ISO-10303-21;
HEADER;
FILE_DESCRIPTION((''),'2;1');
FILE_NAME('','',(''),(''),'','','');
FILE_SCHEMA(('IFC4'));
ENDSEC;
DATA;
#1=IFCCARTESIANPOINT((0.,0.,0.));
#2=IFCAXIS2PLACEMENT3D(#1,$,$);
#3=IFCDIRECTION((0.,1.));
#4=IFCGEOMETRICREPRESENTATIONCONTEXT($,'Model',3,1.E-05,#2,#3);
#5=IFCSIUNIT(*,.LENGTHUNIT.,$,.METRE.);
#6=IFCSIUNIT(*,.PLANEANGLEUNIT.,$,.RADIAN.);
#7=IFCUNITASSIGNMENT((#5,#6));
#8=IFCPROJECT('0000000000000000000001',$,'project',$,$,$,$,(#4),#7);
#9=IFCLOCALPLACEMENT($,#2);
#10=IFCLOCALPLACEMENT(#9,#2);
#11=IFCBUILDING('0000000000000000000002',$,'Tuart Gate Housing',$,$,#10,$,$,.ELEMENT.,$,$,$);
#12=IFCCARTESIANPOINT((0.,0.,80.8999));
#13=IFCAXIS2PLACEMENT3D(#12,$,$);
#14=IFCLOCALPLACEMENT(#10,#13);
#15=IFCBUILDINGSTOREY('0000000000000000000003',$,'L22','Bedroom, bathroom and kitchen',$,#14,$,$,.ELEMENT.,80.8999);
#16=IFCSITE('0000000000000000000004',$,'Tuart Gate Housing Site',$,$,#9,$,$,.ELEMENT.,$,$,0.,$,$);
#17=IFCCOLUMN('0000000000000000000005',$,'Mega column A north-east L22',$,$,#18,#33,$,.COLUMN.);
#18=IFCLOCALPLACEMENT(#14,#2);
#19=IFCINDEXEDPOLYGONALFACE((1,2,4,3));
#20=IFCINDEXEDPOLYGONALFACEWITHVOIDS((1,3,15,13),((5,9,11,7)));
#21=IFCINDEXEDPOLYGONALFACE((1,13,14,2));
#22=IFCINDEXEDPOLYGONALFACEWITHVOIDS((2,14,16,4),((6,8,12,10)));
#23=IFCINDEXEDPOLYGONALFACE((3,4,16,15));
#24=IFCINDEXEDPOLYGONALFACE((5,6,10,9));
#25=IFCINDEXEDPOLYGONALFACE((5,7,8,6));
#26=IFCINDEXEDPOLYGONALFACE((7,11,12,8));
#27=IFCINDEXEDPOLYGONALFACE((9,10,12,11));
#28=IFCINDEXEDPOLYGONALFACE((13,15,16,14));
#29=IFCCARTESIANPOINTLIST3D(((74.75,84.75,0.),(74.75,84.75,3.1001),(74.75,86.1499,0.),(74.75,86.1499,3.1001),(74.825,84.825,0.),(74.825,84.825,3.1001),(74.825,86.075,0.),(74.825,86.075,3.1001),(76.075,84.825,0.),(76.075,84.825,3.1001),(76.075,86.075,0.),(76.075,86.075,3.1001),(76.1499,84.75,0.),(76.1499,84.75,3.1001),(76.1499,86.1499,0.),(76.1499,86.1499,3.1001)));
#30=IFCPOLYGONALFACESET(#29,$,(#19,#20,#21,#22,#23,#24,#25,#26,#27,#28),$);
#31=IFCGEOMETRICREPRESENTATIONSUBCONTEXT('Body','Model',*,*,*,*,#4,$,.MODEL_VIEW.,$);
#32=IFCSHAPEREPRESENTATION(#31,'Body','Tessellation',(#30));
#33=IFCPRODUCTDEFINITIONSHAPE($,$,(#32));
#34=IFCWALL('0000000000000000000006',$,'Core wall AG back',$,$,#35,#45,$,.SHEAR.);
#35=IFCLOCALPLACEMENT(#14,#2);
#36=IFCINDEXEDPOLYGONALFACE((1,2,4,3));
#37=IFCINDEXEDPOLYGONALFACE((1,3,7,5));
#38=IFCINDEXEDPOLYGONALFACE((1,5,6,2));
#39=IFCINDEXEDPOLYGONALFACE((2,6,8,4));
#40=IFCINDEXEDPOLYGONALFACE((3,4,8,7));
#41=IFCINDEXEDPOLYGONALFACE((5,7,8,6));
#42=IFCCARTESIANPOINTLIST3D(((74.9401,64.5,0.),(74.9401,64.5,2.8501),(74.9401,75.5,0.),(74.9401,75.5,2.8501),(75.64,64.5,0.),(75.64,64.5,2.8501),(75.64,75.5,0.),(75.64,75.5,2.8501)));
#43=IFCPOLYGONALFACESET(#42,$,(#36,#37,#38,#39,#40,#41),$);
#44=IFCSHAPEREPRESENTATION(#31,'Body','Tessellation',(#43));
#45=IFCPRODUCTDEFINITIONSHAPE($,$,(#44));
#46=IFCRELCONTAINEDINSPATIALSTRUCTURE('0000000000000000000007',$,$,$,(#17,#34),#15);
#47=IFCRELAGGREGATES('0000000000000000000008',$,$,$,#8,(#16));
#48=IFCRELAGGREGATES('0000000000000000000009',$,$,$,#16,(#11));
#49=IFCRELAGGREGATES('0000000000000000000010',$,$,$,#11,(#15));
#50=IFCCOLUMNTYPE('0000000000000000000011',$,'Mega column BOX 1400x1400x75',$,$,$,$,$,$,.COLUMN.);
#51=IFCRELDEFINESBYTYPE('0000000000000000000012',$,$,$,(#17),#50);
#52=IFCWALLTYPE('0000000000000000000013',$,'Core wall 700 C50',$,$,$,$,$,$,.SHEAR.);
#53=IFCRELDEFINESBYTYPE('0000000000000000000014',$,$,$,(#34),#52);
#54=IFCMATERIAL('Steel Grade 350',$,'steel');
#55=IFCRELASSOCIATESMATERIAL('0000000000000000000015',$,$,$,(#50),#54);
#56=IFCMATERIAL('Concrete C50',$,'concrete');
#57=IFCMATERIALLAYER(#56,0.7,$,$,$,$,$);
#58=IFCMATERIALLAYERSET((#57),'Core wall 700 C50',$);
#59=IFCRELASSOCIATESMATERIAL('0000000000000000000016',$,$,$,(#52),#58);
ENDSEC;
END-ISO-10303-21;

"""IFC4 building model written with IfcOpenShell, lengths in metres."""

from ifc_helpers import new_model, si_unit, direction, frame, frame_2d, origin, origin_2d, place, context, subcontext, project, spatial, rectangle, hollow_rectangle, extrude, material, layer, layer_set, material_profile, profile_set, type_object, element, save


model = new_model("IFC4")

# Units and contexts
model_context = context("Model", 3, precision=1e-05, world=origin(), true_north=direction((0.0, 1.0)))
body_context = subcontext(model_context, "Body", "Model", "MODEL_VIEW")
ifc_project = project(units=[si_unit("LENGTHUNIT", "METRE"), si_unit("PLANEANGLEUNIT", "RADIAN")], contexts=[model_context])

# Site, building, storey
site_placement = place(None, origin())
site = spatial("IfcSite", under=ifc_project, at=site_placement, Name="Tuart Gate Housing Site", CompositionType="ELEMENT", RefElevation=0.0)
building_placement = place(site_placement, origin())
building = spatial("IfcBuilding", under=site, at=building_placement, Name="Tuart Gate Housing", CompositionType="ELEMENT")
storey_placement = place(building_placement, frame((0.0, 0.0, 80.8999)))
storey = spatial("IfcBuildingStorey", under=building, at=storey_placement, Name="L22", Description="Bedroom, bathroom and kitchen", CompositionType="ELEMENT", Elevation=80.8999)

# Column
ifc_material_1 = material(Name="Steel Grade 350", Category="steel")
ifc_material_profile = material_profile(ifc_material_1, hollow_rectangle(XDim=1.3999, YDim=1.3999, WallThickness=0.075, at=origin_2d()), Name="BOX 1400x1400x75")
ifc_profile_set = profile_set([ifc_material_profile], Name="Steel Grade 350")
column_type = type_object("IfcColumnType", Name="Mega column BOX 1400x1400x75", PredefinedType="COLUMN", material=ifc_profile_set)
column_placement = place(storey_placement, frame((75.45, 85.45, 0.0), z_axis=(0.0, 0.0, 1.0), x_axis=(1.0, 0.0, 0.0)))
element("IfcColumn", 1, at=column_placement, inside=storey, type_object=column_type, Name="Mega column A north-east L22", PredefinedType="COLUMN", context=body_context, shape_type="SweptSolid", body=[
    extrude(hollow_rectangle(XDim=1.3999, YDim=1.3999, WallThickness=0.075, at=origin_2d()), origin(), (0.0, 0.0, 1.0), 3.1001),
])

# Wall
ifc_material_2 = material(Name="Concrete C50", Category="concrete")
ifc_layer_1 = layer(ifc_material_2, 0.7)
ifc_layer_set_1 = layer_set([ifc_layer_1], Name="Core wall 700 C50")
wall_type_1 = type_object("IfcWallType", Name="Core wall 700 C50", PredefinedType="SHEAR", material=ifc_layer_set_1)
wall_1_placement = place(storey_placement, frame((75.29, 64.5, 0.0), z_axis=(0.0, 0.0, 1.0), x_axis=(0.0, 1.0, 0.0)))
element("IfcWall", 2, at=wall_1_placement, inside=storey, type_object=wall_type_1, Name="Core wall AG back", PredefinedType="SHEAR", context=body_context, shape_type="SweptSolid", body=[
    extrude(rectangle(XDim=11.0, YDim=0.7, at=frame_2d((5.5, 0.0))), origin(), (0.0, 0.0, 1.0), 2.8501),
])

save(model, "model.ifc")
